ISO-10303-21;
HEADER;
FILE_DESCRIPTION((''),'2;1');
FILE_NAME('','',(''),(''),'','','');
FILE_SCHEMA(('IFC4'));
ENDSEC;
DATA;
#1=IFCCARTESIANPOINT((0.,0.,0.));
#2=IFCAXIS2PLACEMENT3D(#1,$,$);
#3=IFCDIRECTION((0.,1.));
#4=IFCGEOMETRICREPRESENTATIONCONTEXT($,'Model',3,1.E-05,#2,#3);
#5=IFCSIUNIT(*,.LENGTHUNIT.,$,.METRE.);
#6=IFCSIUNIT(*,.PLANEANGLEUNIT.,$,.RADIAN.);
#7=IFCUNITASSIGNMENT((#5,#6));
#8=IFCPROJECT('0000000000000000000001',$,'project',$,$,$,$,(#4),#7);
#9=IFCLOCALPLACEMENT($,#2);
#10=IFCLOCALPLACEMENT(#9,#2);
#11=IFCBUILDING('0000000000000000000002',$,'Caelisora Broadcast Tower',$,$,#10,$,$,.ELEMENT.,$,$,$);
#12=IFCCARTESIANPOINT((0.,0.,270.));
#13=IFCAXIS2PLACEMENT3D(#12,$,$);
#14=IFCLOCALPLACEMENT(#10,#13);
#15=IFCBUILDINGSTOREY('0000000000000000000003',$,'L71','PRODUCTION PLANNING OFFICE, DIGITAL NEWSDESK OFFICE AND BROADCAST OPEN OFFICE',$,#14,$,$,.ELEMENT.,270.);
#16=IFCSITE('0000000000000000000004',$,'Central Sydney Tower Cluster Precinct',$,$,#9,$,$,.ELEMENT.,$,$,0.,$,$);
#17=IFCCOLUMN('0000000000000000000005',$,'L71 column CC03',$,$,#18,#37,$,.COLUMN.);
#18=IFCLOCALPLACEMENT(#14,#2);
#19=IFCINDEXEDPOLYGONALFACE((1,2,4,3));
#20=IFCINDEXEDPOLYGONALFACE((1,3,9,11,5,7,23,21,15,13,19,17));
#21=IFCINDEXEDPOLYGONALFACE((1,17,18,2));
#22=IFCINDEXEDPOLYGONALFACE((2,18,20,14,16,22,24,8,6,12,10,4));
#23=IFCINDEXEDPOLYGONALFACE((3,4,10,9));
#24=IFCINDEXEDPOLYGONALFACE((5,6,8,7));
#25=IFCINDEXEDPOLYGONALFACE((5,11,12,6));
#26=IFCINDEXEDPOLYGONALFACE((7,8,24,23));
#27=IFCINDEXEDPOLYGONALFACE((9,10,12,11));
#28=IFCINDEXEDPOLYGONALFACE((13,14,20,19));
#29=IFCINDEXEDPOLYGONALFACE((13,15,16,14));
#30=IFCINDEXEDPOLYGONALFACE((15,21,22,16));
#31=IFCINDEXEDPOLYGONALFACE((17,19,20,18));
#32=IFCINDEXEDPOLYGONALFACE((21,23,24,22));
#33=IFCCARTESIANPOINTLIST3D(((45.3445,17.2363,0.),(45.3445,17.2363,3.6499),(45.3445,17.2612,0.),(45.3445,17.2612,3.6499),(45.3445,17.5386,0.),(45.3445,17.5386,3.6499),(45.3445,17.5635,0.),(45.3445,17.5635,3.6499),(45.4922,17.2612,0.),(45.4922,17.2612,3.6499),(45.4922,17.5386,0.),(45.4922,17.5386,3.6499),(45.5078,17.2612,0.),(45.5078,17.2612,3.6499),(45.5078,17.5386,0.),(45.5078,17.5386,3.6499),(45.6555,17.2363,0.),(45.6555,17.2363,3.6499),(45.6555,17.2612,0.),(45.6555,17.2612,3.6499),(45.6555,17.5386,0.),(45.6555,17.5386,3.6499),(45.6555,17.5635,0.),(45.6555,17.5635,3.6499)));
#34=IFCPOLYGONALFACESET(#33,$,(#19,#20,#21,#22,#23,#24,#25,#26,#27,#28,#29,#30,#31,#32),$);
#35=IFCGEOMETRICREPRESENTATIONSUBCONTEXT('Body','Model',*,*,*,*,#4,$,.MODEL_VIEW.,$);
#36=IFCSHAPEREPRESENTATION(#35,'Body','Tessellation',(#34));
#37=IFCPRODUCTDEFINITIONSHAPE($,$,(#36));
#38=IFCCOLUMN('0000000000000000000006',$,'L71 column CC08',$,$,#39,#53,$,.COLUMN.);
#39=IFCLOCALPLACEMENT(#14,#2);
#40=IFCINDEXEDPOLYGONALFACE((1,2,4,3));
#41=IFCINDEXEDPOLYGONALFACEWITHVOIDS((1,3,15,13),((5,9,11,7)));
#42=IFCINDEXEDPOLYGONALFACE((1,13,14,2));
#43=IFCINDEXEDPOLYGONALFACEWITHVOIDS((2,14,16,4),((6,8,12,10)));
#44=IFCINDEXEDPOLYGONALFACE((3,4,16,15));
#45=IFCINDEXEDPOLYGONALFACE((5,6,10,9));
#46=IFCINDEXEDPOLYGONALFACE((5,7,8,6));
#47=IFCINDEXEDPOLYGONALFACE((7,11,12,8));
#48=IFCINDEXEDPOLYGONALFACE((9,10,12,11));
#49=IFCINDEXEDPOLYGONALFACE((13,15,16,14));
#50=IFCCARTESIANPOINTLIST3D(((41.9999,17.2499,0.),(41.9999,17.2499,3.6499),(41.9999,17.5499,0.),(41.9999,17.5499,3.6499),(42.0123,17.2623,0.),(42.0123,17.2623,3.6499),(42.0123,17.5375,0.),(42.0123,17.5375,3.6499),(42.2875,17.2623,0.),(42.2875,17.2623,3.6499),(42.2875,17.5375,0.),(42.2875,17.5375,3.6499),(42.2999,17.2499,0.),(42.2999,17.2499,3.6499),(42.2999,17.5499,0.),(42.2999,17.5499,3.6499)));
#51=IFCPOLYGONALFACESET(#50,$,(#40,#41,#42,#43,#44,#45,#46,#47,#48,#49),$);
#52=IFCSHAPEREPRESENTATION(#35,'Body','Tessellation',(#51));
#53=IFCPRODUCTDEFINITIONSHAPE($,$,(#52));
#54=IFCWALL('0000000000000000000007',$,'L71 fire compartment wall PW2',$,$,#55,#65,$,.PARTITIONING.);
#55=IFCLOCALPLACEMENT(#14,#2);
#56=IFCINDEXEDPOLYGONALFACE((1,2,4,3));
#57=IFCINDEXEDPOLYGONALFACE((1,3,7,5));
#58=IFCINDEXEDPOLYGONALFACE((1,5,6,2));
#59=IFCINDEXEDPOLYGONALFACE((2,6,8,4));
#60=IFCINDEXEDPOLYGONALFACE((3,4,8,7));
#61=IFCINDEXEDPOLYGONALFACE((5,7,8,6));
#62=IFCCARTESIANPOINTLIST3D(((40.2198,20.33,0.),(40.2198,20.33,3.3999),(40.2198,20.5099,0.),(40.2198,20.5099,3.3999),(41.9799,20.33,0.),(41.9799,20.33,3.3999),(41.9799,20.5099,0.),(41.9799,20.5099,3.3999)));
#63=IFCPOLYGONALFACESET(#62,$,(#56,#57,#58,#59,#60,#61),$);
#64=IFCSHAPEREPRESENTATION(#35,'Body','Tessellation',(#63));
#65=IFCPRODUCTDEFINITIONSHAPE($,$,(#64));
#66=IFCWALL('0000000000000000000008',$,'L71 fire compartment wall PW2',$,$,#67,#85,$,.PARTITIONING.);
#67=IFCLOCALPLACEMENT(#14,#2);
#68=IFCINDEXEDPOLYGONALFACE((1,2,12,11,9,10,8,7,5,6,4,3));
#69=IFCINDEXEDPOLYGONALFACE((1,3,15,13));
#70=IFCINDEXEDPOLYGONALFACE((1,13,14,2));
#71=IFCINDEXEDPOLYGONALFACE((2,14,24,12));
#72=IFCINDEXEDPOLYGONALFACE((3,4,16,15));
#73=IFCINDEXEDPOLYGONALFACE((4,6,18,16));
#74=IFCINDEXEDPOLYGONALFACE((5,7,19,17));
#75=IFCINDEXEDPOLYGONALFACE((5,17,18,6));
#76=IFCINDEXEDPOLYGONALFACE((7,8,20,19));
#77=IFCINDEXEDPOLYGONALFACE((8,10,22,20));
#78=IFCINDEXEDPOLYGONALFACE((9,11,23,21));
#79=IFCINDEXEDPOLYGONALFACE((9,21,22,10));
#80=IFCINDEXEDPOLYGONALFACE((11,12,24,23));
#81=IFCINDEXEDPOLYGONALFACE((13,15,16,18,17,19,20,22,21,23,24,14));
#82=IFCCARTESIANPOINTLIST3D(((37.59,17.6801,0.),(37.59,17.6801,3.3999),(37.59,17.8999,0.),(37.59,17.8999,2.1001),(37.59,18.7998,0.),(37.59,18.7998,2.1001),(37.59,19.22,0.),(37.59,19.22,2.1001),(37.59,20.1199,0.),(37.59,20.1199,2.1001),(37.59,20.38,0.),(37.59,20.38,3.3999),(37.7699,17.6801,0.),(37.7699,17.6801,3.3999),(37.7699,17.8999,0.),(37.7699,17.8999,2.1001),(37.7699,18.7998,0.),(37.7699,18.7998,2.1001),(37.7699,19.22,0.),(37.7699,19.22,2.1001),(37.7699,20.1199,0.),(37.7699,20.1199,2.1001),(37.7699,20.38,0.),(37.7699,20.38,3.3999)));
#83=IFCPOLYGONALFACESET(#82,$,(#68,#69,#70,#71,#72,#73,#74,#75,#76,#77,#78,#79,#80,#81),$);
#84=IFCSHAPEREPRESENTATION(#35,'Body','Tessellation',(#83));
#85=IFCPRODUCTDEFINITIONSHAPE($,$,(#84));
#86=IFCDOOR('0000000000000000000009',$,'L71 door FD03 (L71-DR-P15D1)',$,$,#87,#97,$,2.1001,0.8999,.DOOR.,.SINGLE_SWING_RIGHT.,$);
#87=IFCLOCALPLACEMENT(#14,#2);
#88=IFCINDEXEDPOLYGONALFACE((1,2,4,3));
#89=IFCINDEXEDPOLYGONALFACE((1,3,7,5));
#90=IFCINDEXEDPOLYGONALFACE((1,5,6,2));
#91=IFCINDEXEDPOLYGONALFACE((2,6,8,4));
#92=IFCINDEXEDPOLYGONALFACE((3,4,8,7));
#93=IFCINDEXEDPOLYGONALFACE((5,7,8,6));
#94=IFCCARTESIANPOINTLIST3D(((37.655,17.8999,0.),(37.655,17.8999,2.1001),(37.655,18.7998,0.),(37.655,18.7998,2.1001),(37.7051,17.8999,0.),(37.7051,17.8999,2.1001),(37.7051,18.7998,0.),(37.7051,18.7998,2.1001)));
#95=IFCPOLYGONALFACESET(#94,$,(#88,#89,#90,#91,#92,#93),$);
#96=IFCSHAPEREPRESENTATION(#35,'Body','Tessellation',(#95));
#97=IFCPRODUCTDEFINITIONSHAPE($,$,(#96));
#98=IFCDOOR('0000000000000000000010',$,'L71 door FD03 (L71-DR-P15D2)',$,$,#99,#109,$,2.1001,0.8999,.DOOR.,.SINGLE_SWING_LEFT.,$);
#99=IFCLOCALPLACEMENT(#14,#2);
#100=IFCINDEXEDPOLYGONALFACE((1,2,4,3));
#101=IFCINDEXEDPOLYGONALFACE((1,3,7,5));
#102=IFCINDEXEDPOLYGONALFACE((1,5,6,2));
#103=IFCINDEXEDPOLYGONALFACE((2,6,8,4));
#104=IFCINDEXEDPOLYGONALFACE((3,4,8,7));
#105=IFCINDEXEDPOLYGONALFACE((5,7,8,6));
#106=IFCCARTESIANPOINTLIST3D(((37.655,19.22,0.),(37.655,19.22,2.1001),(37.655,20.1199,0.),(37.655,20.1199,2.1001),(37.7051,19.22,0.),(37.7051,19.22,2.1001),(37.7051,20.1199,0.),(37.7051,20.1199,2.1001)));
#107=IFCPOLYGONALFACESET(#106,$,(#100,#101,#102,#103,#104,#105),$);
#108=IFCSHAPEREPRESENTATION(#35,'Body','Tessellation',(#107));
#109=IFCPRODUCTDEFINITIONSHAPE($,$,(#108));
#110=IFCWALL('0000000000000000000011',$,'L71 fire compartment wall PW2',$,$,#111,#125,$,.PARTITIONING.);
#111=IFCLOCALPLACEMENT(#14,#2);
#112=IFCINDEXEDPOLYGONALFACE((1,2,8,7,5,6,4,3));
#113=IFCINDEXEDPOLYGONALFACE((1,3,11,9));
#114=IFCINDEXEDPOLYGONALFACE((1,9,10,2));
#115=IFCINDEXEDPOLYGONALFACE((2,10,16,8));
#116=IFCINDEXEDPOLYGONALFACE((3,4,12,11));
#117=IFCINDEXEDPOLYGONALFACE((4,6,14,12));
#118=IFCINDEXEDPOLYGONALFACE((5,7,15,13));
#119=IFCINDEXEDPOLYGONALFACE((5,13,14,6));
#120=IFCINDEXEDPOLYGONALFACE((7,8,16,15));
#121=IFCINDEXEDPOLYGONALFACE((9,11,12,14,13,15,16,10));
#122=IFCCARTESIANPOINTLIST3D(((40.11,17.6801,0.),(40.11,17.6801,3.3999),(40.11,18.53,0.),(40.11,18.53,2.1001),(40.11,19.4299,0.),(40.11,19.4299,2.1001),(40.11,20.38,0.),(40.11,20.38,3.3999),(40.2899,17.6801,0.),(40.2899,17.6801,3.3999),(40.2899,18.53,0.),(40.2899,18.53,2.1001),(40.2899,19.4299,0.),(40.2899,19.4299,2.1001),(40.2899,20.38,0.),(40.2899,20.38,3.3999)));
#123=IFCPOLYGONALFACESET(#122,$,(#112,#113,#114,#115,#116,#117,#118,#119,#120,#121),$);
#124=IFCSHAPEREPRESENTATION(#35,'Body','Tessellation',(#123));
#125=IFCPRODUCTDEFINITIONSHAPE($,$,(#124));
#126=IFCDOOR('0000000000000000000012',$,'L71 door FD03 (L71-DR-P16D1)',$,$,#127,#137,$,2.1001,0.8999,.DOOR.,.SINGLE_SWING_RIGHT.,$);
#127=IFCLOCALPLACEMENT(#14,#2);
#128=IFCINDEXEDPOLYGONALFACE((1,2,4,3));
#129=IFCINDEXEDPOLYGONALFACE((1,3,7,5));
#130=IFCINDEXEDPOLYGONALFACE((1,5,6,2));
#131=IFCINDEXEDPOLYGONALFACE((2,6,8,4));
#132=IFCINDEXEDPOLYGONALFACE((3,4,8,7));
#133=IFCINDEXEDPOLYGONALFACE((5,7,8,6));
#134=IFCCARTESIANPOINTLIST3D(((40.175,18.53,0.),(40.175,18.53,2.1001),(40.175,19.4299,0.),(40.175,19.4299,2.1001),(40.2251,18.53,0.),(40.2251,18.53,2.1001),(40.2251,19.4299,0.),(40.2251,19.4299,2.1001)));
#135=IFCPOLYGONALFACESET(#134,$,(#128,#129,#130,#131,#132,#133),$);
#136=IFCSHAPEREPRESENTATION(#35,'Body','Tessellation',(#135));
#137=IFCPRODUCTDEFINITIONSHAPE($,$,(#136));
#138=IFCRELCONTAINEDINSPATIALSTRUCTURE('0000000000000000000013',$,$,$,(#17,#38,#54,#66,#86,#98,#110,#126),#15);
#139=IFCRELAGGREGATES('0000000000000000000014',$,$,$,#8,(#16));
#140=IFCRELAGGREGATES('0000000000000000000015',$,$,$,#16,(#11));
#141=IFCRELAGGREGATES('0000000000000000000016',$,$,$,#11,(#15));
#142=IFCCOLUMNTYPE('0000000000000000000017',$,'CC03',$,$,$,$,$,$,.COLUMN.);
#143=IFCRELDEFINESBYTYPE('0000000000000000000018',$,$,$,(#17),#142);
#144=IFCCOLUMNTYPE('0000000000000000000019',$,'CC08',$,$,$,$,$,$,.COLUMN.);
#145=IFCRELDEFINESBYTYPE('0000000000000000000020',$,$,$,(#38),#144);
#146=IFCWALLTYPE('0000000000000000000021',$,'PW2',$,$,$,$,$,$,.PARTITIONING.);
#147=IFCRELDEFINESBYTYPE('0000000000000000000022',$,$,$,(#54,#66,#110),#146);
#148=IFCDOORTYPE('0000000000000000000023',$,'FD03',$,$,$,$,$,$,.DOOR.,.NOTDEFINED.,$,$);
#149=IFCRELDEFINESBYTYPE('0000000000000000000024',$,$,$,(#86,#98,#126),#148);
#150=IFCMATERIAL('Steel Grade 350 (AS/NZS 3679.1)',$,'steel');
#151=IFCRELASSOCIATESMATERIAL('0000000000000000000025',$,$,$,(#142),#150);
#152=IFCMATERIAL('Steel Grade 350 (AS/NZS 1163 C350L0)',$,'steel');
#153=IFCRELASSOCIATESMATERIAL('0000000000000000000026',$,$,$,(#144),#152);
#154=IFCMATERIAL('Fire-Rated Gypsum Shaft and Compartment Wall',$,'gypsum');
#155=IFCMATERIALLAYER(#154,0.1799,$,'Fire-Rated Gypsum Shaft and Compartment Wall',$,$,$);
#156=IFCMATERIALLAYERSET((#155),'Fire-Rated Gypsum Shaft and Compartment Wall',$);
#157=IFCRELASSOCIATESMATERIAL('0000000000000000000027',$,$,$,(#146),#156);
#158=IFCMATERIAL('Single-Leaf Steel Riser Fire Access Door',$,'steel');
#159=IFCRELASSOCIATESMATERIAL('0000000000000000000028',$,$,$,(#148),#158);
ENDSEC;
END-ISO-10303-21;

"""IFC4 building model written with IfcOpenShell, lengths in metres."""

from ifc_helpers import new_model, si_unit, direction, frame, frame_2d, origin, origin_2d, place, context, subcontext, project, spatial, rectangle, hollow_rectangle, i_section, extrude, source, transform, mapped, material, layer, layer_set, material_profile, profile_set, type_object, type_shapes, element, fill, save


model = new_model("IFC4")

# Units and contexts
model_context = context("Model", 3, precision=1e-05, world=origin(), true_north=direction((0.0, 1.0)))
body_context = subcontext(model_context, "Body", "Model", "MODEL_VIEW")
ifc_project = project(units=[si_unit("LENGTHUNIT", "METRE"), si_unit("PLANEANGLEUNIT", "RADIAN")], contexts=[model_context])

# Site, building, storey
site_placement = place(None, origin())
site = spatial("IfcSite", under=ifc_project, at=site_placement, Name="Central Sydney Tower Cluster Precinct", CompositionType="ELEMENT", RefElevation=0.0)
building_placement = place(site_placement, origin())
building = spatial("IfcBuilding", under=site, at=building_placement, Name="Caelisora Broadcast Tower", CompositionType="ELEMENT")
storey_placement = place(building_placement, frame((0.0, 0.0, 270.0)))
storey = spatial("IfcBuildingStorey", under=building, at=storey_placement, Name="L71", Description="PRODUCTION PLANNING OFFICE, DIGITAL NEWSDESK OFFICE AND BROADCAST OPEN OFFICE", CompositionType="ELEMENT", Elevation=270.0)

# Columns
ifc_material_1 = material(Name="Steel Grade 350 (AS/NZS 3679.1)", Category="steel")
ifc_material_profile_1 = material_profile(ifc_material_1, i_section(OverallWidth=0.311, OverallDepth=0.3271, WebThickness=0.0156, FlangeThickness=0.0249, at=origin_2d()), Name="Steel Grade 350 (AS/NZS 3679.1)")
ifc_profile_set_1 = profile_set([ifc_material_profile_1], Name="Steel Grade 350 (AS/NZS 3679.1)")
column_type_1 = type_object("IfcColumnType", Name="CC03", PredefinedType="COLUMN", material=ifc_profile_set_1)
shared_shape_1 = source(origin(), body_context, "Body", "SweptSolid", [
    extrude(i_section(OverallWidth=0.311, OverallDepth=0.3271, WebThickness=0.0156, FlangeThickness=0.0249, at=origin_2d()), origin(), (0.0, 0.0, 1.0), 3.6499),
])
type_shapes(column_type_1, [shared_shape_1])
column_1_placement = place(storey_placement, frame((45.5, 17.3999, 0.0), z_axis=(0.0, 0.0, 1.0), x_axis=(1.0, 0.0, 0.0)))
element("IfcColumn", 1, at=column_1_placement, inside=storey, type_object=column_type_1, Name="L71 column CC03", PredefinedType="COLUMN", context=body_context, shape_type="MappedRepresentation", body=[
    mapped(shared_shape_1, transform((0.0, 0.0, 0.0), scale=1.0)),
])
ifc_material_2 = material(Name="Steel Grade 350 (AS/NZS 1163 C350L0)", Category="steel")
ifc_material_profile_2 = material_profile(ifc_material_2, hollow_rectangle(XDim=0.3, YDim=0.3, WallThickness=0.0125, at=origin_2d()), Name="Steel Grade 350 (AS/NZS 1163 C350L0)")
ifc_profile_set_2 = profile_set([ifc_material_profile_2], Name="Steel Grade 350 (AS/NZS 1163 C350L0)")
column_type_2 = type_object("IfcColumnType", Name="CC08", PredefinedType="COLUMN", material=ifc_profile_set_2)
shared_shape_2 = source(origin(), body_context, "Body", "SweptSolid", [
    extrude(hollow_rectangle(XDim=0.3, YDim=0.3, WallThickness=0.0125, at=origin_2d()), origin(), (0.0, 0.0, 1.0), 3.6499),
])
type_shapes(column_type_2, [shared_shape_2])
column_2_placement = place(storey_placement, frame((42.1499, 17.3999, 0.0), z_axis=(0.0, 0.0, 1.0), x_axis=(1.0, 0.0, 0.0)))
element("IfcColumn", 2, at=column_2_placement, inside=storey, type_object=column_type_2, Name="L71 column CC08", PredefinedType="COLUMN", context=body_context, shape_type="MappedRepresentation", body=[
    mapped(shared_shape_2, transform((0.0, 0.0, 0.0), scale=1.0)),
])

# Wall
ifc_material_3 = material(Name="Fire-Rated Gypsum Shaft and Compartment Wall", Category="gypsum")
ifc_layer_1 = layer(ifc_material_3, 0.1799, Name="Fire-Rated Gypsum Shaft and Compartment Wall")
ifc_layer_set_1 = layer_set([ifc_layer_1], Name="Fire-Rated Gypsum Shaft and Compartment Wall")
wall_type_1 = type_object("IfcWallType", Name="PW2", PredefinedType="PARTITIONING", material=ifc_layer_set_1)
wall_1_placement = place(storey_placement, frame((40.22, 20.4199, 0.0), z_axis=(0.0, 0.0, 1.0), x_axis=(1.0, 0.0, 0.0)))
element("IfcWall", 3, at=wall_1_placement, inside=storey, type_object=wall_type_1, Name="L71 fire compartment wall PW2", PredefinedType="PARTITIONING", context=body_context, shape_type="SweptSolid", body=[
    extrude(rectangle(XDim=1.76, YDim=0.1799, at=frame_2d((0.8799, 0.0))), origin(), (0.0, 0.0, 1.0), 3.3999),
])

# Wall, openings, doors
wall_2_placement = place(storey_placement, frame((37.6799, 17.6799, 0.0), z_axis=(0.0, 0.0, 1.0), x_axis=(0.0, 1.0, 0.0)))
wall_2 = element("IfcWall", 4, at=wall_2_placement, inside=storey, type_object=wall_type_1, Name="L71 fire compartment wall PW2", PredefinedType="PARTITIONING", context=body_context, shape_type="SweptSolid", body=[
    extrude(rectangle(XDim=2.7, YDim=0.1799, at=frame_2d((1.3501, 0.0))), origin(), (0.0, 0.0, 1.0), 3.3999),
])
opening_1_placement = place(wall_2_placement, frame((0.22, 0.0, 0.0)))
opening_1 = element("IfcOpeningElement", 5, at=opening_1_placement, cuts=wall_2, PredefinedType="OPENING", context=body_context, shape_type="SweptSolid", body=[
    extrude(rectangle(XDim=0.8999, YDim=2.1001, at=frame_2d((0.45, 1.05))), frame((0.0, 0.1021, 0.0), z_axis=(0.0, -1.0, 0.0), x_axis=(1.0, 0.0, 0.0)), (0.0, 0.0, 1.0), 0.2039),
])
opening_2_placement = place(wall_2_placement, frame((1.54, 0.0, 0.0)))
opening_2 = element("IfcOpeningElement", 6, at=opening_2_placement, cuts=wall_2, PredefinedType="OPENING", context=body_context, shape_type="SweptSolid", body=[
    extrude(rectangle(XDim=0.8999, YDim=2.1001, at=frame_2d((0.45, 1.05))), frame((0.0, 0.1021, 0.0), z_axis=(0.0, -1.0, 0.0), x_axis=(1.0, 0.0, 0.0)), (0.0, 0.0, 1.0), 0.2039),
])
ifc_material_4 = material(Name="Single-Leaf Steel Riser Fire Access Door", Category="steel")
door_type_1 = type_object("IfcDoorType", Name="FD03", OperationType="NOTDEFINED", PredefinedType="DOOR", material=ifc_material_4)
door_1_placement = place(opening_1_placement, origin())
door_1 = element("IfcDoor", 7, at=door_1_placement, inside=storey, type_object=door_type_1, Name="L71 door FD03 (L71-DR-P15D1)", OperationType="SINGLE_SWING_RIGHT", OverallHeight=2.1001, OverallWidth=0.8999, PredefinedType="DOOR", context=body_context, shape_type="SweptSolid", body=[
    extrude(rectangle(XDim=0.8999, YDim=2.1001, at=frame_2d((0.45, 1.05))), frame((0.0, 0.0249, 0.0), z_axis=(0.0, -1.0, 0.0), x_axis=(1.0, 0.0, 0.0)), (0.0, 0.0, 1.0), 0.05),
])
fill(opening_1, door_1)
door_2_placement = place(opening_2_placement, origin())
door_2 = element("IfcDoor", 8, at=door_2_placement, inside=storey, type_object=door_type_1, Name="L71 door FD03 (L71-DR-P15D2)", OperationType="SINGLE_SWING_LEFT", OverallHeight=2.1001, OverallWidth=0.8999, PredefinedType="DOOR", context=body_context, shape_type="SweptSolid", body=[
    extrude(rectangle(XDim=0.8999, YDim=2.1001, at=frame_2d((0.45, 1.05))), frame((0.0, 0.0249, 0.0), z_axis=(0.0, -1.0, 0.0), x_axis=(1.0, 0.0, 0.0)), (0.0, 0.0, 1.0), 0.05),
])
fill(opening_2, door_2)

# Wall, opening, door
wall_3_placement = place(storey_placement, frame((40.2, 17.6799, 0.0), z_axis=(0.0, 0.0, 1.0), x_axis=(0.0, 1.0, 0.0)))
wall_3 = element("IfcWall", 9, at=wall_3_placement, inside=storey, type_object=wall_type_1, Name="L71 fire compartment wall PW2", PredefinedType="PARTITIONING", context=body_context, shape_type="SweptSolid", body=[
    extrude(rectangle(XDim=2.7, YDim=0.1799, at=frame_2d((1.3501, 0.0))), origin(), (0.0, 0.0, 1.0), 3.3999),
])
opening_3_placement = place(wall_3_placement, frame((0.8501, 0.0, 0.0)))
opening_3 = element("IfcOpeningElement", 10, at=opening_3_placement, cuts=wall_3, PredefinedType="OPENING", context=body_context, shape_type="SweptSolid", body=[
    extrude(rectangle(XDim=0.8999, YDim=2.1001, at=frame_2d((0.45, 1.05))), frame((0.0, 0.1021, 0.0), z_axis=(0.0, -1.0, 0.0), x_axis=(1.0, 0.0, 0.0)), (0.0, 0.0, 1.0), 0.2039),
])
door_3_placement = place(opening_3_placement, origin())
door_3 = element("IfcDoor", 11, at=door_3_placement, inside=storey, type_object=door_type_1, Name="L71 door FD03 (L71-DR-P16D1)", OperationType="SINGLE_SWING_RIGHT", OverallHeight=2.1001, OverallWidth=0.8999, PredefinedType="DOOR", context=body_context, shape_type="SweptSolid", body=[
    extrude(rectangle(XDim=0.8999, YDim=2.1001, at=frame_2d((0.45, 1.05))), frame((0.0, 0.0249, 0.0), z_axis=(0.0, -1.0, 0.0), x_axis=(1.0, 0.0, 0.0)), (0.0, 0.0, 1.0), 0.05),
])
fill(opening_3, door_3)

save(model, "model.ifc")
